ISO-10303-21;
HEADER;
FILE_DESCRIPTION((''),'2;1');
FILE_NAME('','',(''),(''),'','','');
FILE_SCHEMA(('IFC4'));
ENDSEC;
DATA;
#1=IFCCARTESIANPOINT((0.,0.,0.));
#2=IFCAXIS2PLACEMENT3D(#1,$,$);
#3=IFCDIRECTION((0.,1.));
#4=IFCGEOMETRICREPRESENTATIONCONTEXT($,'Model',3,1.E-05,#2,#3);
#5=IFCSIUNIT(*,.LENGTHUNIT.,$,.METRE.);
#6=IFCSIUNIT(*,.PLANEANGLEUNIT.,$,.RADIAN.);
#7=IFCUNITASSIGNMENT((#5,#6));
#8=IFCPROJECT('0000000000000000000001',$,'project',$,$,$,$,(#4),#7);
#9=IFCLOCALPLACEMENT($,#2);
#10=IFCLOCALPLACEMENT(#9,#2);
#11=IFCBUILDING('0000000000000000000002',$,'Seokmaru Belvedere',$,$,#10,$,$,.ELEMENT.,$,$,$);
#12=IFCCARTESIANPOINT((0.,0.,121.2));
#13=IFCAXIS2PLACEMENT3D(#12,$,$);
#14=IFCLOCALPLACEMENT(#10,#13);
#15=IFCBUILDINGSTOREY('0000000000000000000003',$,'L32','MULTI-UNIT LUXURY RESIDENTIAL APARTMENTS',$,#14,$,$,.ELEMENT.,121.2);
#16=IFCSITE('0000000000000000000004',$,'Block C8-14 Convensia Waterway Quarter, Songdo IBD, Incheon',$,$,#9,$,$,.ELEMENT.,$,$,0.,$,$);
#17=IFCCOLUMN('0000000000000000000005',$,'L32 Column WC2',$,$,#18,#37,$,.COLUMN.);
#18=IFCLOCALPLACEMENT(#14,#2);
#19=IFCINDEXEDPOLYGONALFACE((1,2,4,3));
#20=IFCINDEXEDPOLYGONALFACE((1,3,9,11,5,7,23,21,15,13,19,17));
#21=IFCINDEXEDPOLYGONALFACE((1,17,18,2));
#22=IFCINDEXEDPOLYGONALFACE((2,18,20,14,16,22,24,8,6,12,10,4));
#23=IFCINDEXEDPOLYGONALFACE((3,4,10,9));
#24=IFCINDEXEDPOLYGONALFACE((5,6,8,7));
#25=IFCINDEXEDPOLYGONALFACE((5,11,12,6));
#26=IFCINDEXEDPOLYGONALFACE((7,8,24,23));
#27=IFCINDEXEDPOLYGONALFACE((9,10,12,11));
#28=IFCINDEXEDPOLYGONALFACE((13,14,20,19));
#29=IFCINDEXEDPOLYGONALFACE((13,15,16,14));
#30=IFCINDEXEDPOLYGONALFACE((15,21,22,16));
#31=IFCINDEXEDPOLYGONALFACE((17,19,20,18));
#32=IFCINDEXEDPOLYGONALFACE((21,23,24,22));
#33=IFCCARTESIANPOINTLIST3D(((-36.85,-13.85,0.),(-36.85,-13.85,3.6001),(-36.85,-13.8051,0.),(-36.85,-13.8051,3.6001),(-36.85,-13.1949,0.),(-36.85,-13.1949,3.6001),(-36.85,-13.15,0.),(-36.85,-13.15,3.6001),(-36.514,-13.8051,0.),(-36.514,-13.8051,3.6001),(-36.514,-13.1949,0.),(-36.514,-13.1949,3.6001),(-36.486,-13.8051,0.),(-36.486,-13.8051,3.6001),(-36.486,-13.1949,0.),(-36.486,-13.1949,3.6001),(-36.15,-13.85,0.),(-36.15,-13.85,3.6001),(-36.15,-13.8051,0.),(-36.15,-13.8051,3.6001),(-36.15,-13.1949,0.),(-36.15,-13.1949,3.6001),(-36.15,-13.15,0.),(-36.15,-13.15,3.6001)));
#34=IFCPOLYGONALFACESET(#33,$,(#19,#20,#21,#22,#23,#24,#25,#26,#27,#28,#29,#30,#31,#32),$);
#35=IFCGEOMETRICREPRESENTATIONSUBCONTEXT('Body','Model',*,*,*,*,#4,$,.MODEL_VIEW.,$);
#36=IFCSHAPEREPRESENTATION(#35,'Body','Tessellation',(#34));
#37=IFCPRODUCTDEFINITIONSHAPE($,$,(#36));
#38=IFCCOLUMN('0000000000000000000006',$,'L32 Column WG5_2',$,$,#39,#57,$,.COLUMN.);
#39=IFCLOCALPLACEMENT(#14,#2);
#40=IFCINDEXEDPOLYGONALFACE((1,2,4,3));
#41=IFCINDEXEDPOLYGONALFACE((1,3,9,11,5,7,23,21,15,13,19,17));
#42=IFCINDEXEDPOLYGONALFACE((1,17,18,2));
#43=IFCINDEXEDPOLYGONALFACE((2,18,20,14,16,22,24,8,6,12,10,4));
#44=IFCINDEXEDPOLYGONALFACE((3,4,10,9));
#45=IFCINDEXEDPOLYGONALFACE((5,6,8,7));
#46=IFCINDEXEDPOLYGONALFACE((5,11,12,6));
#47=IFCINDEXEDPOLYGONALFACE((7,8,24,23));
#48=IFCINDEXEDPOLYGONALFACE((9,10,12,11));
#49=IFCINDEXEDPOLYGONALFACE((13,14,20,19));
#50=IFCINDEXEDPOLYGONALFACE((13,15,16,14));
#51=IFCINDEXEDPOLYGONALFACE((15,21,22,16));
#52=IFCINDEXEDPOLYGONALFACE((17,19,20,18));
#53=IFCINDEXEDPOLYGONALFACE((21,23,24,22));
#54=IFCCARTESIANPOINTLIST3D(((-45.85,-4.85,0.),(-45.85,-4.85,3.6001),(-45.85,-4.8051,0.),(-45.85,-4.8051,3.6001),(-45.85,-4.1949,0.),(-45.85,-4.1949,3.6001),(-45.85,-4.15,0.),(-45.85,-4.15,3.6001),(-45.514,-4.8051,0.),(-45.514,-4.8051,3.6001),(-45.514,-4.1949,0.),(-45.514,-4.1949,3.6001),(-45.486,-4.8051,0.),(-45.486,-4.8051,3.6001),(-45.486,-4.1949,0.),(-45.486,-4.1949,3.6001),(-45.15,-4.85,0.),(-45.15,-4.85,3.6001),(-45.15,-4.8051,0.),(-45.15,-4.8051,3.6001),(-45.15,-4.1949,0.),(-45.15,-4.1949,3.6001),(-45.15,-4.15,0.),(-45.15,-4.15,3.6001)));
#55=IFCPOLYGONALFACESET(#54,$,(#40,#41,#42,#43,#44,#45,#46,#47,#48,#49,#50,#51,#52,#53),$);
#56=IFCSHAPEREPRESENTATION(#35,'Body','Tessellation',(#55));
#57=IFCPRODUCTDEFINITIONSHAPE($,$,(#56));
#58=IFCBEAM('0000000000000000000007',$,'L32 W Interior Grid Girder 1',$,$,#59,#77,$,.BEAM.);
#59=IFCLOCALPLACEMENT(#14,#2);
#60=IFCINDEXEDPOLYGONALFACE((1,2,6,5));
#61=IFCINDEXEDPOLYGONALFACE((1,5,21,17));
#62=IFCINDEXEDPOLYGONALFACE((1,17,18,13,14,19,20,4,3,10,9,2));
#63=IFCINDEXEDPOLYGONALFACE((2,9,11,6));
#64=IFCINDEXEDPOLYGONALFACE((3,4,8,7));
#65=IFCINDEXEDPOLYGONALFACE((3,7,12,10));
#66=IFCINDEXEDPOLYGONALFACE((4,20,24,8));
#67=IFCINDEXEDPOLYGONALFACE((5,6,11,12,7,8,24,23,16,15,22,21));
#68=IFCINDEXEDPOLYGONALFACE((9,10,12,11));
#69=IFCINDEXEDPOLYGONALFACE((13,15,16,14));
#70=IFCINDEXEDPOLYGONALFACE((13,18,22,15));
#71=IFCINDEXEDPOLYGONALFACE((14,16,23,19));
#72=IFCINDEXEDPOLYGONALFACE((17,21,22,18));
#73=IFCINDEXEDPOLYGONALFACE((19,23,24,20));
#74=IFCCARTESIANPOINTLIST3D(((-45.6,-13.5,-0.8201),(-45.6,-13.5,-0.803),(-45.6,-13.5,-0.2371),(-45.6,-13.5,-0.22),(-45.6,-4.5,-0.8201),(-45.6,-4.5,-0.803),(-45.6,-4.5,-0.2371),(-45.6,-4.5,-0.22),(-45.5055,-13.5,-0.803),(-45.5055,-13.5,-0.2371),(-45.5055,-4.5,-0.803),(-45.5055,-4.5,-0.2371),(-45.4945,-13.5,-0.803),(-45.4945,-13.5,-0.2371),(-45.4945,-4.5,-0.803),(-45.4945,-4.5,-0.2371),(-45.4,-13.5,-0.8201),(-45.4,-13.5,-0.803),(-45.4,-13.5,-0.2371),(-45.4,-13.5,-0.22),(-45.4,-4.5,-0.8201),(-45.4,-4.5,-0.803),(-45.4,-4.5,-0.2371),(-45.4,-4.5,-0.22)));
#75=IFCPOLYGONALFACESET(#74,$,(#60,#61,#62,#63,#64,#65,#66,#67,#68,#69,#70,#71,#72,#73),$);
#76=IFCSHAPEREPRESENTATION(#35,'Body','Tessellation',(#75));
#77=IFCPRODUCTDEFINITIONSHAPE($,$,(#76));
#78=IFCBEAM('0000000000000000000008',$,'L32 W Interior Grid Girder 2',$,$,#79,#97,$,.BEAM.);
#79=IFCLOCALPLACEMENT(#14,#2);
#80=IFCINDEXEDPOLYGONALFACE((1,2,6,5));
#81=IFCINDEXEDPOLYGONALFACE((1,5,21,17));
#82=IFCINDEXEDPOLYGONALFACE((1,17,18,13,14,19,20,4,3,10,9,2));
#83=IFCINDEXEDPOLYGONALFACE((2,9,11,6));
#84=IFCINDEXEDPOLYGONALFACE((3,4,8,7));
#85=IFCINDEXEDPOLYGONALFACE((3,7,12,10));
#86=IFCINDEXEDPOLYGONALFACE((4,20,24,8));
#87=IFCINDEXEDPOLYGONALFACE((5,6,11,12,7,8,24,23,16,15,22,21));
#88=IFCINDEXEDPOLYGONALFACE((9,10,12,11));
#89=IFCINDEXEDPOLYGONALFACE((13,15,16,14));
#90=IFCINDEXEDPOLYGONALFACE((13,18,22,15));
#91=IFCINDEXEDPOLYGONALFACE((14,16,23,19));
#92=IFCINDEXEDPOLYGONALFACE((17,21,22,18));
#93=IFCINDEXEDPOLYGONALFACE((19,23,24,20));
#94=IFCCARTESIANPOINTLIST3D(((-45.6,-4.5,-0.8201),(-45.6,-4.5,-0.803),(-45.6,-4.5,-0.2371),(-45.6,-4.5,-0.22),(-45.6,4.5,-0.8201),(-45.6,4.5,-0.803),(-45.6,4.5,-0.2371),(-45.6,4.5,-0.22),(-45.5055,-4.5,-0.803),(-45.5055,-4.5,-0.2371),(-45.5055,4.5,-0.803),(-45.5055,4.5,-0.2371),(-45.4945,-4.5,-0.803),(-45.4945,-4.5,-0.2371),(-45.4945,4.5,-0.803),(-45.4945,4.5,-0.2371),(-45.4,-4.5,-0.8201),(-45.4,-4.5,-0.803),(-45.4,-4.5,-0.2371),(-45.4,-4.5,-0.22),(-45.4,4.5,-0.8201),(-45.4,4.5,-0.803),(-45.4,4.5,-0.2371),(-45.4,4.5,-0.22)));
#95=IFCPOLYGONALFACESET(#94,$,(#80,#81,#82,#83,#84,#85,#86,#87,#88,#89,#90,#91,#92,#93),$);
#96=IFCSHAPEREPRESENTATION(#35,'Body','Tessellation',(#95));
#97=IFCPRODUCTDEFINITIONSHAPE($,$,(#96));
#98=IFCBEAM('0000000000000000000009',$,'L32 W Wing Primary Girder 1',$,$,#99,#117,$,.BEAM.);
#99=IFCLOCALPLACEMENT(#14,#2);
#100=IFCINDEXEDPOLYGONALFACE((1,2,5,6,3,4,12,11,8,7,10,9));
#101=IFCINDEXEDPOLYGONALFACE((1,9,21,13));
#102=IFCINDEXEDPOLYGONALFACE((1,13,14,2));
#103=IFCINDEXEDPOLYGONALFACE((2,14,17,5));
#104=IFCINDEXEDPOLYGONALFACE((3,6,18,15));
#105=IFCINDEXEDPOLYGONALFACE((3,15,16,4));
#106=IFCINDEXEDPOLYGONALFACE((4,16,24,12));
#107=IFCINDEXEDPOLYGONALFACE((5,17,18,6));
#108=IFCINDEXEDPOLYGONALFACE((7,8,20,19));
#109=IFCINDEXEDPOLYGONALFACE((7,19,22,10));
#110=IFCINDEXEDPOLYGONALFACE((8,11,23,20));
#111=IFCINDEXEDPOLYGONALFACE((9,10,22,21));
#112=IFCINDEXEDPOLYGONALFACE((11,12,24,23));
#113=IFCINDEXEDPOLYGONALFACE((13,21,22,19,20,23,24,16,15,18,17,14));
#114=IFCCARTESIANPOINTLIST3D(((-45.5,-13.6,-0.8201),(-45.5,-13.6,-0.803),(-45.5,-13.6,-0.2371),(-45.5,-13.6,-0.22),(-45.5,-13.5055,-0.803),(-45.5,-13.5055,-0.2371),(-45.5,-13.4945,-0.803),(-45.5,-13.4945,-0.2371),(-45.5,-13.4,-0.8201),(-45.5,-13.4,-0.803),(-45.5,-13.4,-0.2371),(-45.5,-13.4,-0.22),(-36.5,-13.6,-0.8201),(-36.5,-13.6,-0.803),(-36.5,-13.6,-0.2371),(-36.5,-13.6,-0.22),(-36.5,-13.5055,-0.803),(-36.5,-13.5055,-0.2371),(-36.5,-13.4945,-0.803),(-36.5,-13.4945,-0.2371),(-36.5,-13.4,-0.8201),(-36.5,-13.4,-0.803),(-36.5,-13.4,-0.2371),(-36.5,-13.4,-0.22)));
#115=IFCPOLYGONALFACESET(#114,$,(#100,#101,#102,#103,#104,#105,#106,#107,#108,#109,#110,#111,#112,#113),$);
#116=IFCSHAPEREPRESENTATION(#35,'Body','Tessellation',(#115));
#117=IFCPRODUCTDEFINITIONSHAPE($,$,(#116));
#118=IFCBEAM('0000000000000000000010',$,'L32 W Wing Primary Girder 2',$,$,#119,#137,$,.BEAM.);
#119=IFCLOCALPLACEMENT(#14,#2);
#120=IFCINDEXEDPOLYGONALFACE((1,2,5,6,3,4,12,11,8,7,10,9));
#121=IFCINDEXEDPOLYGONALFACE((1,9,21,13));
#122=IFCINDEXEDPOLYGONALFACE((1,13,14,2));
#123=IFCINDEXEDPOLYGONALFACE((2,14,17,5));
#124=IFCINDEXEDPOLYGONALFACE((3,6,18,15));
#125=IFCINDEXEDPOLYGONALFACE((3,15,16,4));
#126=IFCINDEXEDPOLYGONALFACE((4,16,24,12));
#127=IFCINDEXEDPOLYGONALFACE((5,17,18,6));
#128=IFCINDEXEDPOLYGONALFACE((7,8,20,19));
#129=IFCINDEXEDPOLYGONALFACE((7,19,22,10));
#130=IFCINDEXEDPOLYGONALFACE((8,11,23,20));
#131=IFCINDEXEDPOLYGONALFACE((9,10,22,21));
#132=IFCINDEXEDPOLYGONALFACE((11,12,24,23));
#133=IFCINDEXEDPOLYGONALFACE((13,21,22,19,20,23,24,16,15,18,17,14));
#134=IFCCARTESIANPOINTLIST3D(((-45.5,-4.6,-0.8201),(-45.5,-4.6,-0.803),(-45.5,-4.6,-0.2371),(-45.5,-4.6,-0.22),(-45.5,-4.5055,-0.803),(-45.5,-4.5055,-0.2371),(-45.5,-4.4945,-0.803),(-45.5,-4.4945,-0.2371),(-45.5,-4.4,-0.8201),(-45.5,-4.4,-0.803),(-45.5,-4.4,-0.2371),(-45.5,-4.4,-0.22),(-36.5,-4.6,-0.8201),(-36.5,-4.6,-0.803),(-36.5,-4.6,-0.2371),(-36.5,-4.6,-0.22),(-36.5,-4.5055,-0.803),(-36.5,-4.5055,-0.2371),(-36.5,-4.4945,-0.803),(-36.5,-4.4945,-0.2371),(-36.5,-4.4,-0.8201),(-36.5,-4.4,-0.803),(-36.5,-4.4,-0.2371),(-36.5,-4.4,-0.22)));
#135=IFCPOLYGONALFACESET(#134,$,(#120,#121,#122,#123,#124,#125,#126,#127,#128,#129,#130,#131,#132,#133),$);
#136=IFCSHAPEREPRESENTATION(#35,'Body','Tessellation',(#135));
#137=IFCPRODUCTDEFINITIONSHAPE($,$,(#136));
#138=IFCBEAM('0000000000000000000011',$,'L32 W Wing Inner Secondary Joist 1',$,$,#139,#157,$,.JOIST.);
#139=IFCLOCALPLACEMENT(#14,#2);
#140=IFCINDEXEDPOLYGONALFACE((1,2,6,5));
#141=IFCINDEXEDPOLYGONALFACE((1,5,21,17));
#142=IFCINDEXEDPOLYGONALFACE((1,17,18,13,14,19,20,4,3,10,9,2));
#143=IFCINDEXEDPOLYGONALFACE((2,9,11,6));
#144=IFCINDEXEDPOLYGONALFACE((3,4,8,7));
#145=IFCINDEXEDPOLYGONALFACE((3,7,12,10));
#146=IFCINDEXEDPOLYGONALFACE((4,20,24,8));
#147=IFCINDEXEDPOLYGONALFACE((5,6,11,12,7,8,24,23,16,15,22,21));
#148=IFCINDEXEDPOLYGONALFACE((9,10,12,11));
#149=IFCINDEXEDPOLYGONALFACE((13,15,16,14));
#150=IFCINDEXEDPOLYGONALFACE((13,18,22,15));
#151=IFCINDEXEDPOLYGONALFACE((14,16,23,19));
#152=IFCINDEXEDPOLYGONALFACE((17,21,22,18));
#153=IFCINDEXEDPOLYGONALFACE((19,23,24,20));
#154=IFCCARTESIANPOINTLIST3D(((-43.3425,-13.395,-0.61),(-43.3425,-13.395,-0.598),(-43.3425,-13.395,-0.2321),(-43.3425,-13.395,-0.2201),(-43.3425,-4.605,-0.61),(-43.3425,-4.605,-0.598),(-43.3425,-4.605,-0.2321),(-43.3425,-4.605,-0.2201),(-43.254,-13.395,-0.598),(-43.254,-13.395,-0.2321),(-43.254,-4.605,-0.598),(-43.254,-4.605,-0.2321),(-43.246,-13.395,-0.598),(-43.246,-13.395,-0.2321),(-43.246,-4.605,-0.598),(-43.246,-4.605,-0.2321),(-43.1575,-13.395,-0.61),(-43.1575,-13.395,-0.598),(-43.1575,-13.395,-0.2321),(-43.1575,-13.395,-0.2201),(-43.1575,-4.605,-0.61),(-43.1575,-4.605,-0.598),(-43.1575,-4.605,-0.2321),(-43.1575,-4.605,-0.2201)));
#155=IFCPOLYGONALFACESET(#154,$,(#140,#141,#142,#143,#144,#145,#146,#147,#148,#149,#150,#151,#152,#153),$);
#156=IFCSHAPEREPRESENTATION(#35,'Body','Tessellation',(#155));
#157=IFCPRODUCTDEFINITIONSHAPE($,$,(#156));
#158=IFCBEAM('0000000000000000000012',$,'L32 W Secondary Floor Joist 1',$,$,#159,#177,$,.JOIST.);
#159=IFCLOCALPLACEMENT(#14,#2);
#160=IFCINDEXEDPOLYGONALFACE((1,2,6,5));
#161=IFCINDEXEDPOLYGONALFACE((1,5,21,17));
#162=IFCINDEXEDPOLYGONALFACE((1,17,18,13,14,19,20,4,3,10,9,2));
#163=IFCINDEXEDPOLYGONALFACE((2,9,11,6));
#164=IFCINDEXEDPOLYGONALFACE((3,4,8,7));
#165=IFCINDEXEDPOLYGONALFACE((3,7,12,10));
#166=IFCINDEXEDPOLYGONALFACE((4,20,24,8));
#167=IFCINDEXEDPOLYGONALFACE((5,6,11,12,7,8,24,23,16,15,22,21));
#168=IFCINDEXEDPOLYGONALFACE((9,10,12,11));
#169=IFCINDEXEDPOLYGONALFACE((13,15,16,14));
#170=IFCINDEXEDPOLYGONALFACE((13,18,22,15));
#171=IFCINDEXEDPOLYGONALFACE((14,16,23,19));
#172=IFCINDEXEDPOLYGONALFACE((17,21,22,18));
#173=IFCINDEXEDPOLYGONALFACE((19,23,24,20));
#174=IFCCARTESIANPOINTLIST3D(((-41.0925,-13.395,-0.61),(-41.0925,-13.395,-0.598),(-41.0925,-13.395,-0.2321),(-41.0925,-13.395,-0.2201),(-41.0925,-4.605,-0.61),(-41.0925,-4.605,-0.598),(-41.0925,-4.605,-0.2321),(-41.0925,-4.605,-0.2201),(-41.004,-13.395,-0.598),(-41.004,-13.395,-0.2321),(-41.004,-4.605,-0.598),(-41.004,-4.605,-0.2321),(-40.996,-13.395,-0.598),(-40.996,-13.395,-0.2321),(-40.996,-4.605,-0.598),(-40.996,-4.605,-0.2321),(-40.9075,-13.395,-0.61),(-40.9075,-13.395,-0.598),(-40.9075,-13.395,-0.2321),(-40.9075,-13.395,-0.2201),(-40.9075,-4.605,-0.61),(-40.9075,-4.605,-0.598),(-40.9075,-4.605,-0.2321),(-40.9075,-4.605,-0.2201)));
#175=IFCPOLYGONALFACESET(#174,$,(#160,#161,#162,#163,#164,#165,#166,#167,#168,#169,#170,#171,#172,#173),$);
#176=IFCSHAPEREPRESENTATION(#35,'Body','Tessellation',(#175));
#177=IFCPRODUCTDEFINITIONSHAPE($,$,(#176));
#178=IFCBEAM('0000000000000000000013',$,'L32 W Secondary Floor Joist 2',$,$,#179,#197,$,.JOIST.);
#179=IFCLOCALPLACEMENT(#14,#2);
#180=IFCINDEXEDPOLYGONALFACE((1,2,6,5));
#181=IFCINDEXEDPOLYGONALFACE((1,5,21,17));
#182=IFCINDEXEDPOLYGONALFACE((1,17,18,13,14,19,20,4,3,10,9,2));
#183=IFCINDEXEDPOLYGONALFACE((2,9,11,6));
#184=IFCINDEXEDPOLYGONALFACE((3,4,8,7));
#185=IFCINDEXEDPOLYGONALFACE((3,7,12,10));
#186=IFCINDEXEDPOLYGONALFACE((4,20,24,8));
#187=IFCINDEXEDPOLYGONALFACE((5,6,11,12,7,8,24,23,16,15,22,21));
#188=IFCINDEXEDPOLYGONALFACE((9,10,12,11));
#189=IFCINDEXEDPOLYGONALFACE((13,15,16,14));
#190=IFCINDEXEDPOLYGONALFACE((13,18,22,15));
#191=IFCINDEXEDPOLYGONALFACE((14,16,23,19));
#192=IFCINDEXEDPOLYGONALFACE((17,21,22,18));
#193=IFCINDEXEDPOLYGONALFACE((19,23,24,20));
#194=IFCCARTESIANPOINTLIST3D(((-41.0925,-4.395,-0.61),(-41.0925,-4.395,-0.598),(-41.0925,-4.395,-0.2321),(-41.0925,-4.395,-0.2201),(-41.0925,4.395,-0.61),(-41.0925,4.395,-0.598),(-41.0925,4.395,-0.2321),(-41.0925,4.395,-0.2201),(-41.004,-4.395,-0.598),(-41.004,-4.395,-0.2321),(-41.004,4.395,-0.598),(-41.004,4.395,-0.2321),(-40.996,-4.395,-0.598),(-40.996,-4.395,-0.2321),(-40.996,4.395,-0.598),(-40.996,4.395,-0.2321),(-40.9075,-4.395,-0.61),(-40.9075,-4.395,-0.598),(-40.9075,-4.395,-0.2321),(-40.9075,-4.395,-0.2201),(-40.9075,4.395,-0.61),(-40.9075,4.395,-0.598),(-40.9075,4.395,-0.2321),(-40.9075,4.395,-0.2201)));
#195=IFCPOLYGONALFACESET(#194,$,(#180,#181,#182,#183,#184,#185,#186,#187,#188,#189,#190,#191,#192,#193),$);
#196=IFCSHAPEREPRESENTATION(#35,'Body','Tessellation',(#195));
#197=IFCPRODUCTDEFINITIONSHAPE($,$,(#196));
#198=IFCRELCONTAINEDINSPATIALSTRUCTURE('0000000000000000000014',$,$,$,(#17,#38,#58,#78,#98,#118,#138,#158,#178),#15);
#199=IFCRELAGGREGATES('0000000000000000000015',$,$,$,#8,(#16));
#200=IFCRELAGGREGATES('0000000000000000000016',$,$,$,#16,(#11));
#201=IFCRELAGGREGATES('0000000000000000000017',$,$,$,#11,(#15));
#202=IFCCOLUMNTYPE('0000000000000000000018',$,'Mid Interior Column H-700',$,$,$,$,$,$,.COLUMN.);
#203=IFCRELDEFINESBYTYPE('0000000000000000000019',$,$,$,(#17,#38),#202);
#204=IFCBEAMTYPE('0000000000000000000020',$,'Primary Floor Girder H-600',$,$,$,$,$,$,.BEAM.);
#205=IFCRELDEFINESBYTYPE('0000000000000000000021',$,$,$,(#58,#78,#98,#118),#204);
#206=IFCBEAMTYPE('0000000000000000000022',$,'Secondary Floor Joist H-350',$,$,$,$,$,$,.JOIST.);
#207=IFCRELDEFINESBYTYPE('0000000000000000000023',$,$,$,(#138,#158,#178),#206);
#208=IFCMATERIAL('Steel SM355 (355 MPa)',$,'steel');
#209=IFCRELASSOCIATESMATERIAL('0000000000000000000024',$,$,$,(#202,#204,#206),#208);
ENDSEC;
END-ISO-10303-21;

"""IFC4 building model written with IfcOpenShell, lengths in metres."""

from ifc_helpers import new_model, si_unit, direction, frame, origin, origin_2d, place, context, subcontext, project, spatial, i_section, extrude, source, transform, mapped, material, material_profile, profile_set, type_object, type_shapes, element, save


model = new_model("IFC4")

# Units and contexts
model_context = context("Model", 3, precision=1e-05, world=origin(), true_north=direction((0.0, 1.0)))
body_context = subcontext(model_context, "Body", "Model", "MODEL_VIEW")
ifc_project = project(units=[si_unit("LENGTHUNIT", "METRE"), si_unit("PLANEANGLEUNIT", "RADIAN")], contexts=[model_context])

# Site, building, storey
site_placement = place(None, origin())
site = spatial("IfcSite", under=ifc_project, at=site_placement, Name="Block C8-14 Convensia Waterway Quarter, Songdo IBD, Incheon", CompositionType="ELEMENT", RefElevation=0.0)
building_placement = place(site_placement, origin())
building = spatial("IfcBuilding", under=site, at=building_placement, Name="Seokmaru Belvedere", CompositionType="ELEMENT")
storey_placement = place(building_placement, frame((0.0, 0.0, 121.2)))
storey = spatial("IfcBuildingStorey", under=building, at=storey_placement, Name="L32", Description="MULTI-UNIT LUXURY RESIDENTIAL APARTMENTS", CompositionType="ELEMENT", Elevation=121.2)

# Columns
ifc_material_1 = material(Name="Steel SM355 (355 MPa)", Category="steel")
ifc_material_profile_1 = material_profile(ifc_material_1, i_section(OverallWidth=0.7, OverallDepth=0.7, WebThickness=0.0281, FlangeThickness=0.0449, at=origin_2d()), Name="H-700x700x28x45")
ifc_profile_set_1 = profile_set([ifc_material_profile_1], Name="Steel SM355 (355 MPa)")
column_type = type_object("IfcColumnType", Name="Mid Interior Column H-700", PredefinedType="COLUMN", material=ifc_profile_set_1)
shared_shape_1 = source(origin(), body_context, "Body", "SweptSolid", [
    extrude(i_section(OverallWidth=0.7, OverallDepth=0.7, WebThickness=0.0281, FlangeThickness=0.0449, at=origin_2d()), origin(), (0.0, 0.0, 1.0), 3.6001),
])
type_shapes(column_type, [shared_shape_1])
for number, where, z_axis, x_axis, name in (
    (1, (-36.5, -13.5, 0.0), (0.0, 0.0, 1.0), (1.0, 0.0, 0.0), "L32 Column WC2"),
    (2, (-45.5, -4.5, 0.0), (0.0, 0.0, 1.0), (1.0, 0.0, 0.0), "L32 Column WG5_2"),
):
    element("IfcColumn", number, at=place(storey_placement, frame(where, z_axis=z_axis, x_axis=x_axis)), inside=storey, type_object=column_type, Name=name, PredefinedType="COLUMN", context=body_context, shape_type="MappedRepresentation", body=[
        mapped(shared_shape_1, transform((0.0, 0.0, 0.0), scale=1.0)),
    ])

# Beams
ifc_material_profile_2 = material_profile(ifc_material_1, i_section(OverallWidth=0.2, OverallDepth=0.6001, WebThickness=0.011, FlangeThickness=0.0171, at=origin_2d()), Name="H-600x200x11x17")
ifc_profile_set_2 = profile_set([ifc_material_profile_2], Name="Steel SM355 (355 MPa)")
beam_type_1 = type_object("IfcBeamType", Name="Primary Floor Girder H-600", PredefinedType="BEAM", material=ifc_profile_set_2)
shared_shape_2 = source(origin(), body_context, "Body", "SweptSolid", [
    extrude(i_section(OverallWidth=0.2, OverallDepth=0.6001, WebThickness=0.011, FlangeThickness=0.0171, at=origin_2d()), origin(), (0.0, 0.0, 1.0), 9.0),
])
type_shapes(beam_type_1, [shared_shape_2])
for number, where, z_axis, x_axis, name in (
    (3, (-45.5, -13.5, -0.52), (0.0, 1.0, 0.0), (-1.0, 0.0, 0.0), "L32 W Interior Grid Girder 1"),
    (4, (-45.5, -4.5, -0.52), (0.0, 1.0, 0.0), (-1.0, 0.0, 0.0), "L32 W Interior Grid Girder 2"),
    (5, (-45.5, -13.5, -0.52), (1.0, 0.0, 0.0), (0.0, 1.0, 0.0), "L32 W Wing Primary Girder 1"),
    (6, (-45.5, -4.5, -0.52), (1.0, 0.0, 0.0), (0.0, 1.0, 0.0), "L32 W Wing Primary Girder 2"),
):
    element("IfcBeam", number, at=place(storey_placement, frame(where, z_axis=z_axis, x_axis=x_axis)), inside=storey, type_object=beam_type_1, Name=name, PredefinedType="BEAM", context=body_context, shape_type="MappedRepresentation", body=[
        mapped(shared_shape_2, transform((0.0, 0.0, 0.0), scale=1.0)),
    ])
ifc_material_profile_3 = material_profile(ifc_material_1, i_section(OverallWidth=0.1851, OverallDepth=0.3899, WebThickness=0.0081, FlangeThickness=0.012, at=origin_2d()), Name="H-390x185x8x12")
ifc_profile_set_3 = profile_set([ifc_material_profile_3], Name="Steel SM355 (355 MPa)")
beam_type_2 = type_object("IfcBeamType", Name="Secondary Floor Joist H-350", PredefinedType="JOIST", material=ifc_profile_set_3)
shared_shape_3 = source(origin(), body_context, "Body", "SweptSolid", [
    extrude(i_section(OverallWidth=0.1851, OverallDepth=0.3899, WebThickness=0.0081, FlangeThickness=0.012, at=origin_2d()), origin(), (0.0, 0.0, 1.0), 8.79),
])
type_shapes(beam_type_2, [shared_shape_3])
for number, where, z_axis, x_axis, name in (
    (7, (-43.25, -13.395, -0.415), (0.0, 1.0, 0.0), (-1.0, 0.0, 0.0), "L32 W Wing Inner Secondary Joist 1"),
    (8, (-41.0, -13.395, -0.415), (0.0, 1.0, 0.0), (-1.0, 0.0, 0.0), "L32 W Secondary Floor Joist 1"),
    (9, (-41.0, -4.395, -0.415), (0.0, 1.0, 0.0), (-1.0, 0.0, 0.0), "L32 W Secondary Floor Joist 2"),
):
    element("IfcBeam", number, at=place(storey_placement, frame(where, z_axis=z_axis, x_axis=x_axis)), inside=storey, type_object=beam_type_2, Name=name, PredefinedType="JOIST", context=body_context, shape_type="MappedRepresentation", body=[
        mapped(shared_shape_3, transform((0.0, 0.0, 0.0), scale=1.0)),
    ])

save(model, "model.ifc")
